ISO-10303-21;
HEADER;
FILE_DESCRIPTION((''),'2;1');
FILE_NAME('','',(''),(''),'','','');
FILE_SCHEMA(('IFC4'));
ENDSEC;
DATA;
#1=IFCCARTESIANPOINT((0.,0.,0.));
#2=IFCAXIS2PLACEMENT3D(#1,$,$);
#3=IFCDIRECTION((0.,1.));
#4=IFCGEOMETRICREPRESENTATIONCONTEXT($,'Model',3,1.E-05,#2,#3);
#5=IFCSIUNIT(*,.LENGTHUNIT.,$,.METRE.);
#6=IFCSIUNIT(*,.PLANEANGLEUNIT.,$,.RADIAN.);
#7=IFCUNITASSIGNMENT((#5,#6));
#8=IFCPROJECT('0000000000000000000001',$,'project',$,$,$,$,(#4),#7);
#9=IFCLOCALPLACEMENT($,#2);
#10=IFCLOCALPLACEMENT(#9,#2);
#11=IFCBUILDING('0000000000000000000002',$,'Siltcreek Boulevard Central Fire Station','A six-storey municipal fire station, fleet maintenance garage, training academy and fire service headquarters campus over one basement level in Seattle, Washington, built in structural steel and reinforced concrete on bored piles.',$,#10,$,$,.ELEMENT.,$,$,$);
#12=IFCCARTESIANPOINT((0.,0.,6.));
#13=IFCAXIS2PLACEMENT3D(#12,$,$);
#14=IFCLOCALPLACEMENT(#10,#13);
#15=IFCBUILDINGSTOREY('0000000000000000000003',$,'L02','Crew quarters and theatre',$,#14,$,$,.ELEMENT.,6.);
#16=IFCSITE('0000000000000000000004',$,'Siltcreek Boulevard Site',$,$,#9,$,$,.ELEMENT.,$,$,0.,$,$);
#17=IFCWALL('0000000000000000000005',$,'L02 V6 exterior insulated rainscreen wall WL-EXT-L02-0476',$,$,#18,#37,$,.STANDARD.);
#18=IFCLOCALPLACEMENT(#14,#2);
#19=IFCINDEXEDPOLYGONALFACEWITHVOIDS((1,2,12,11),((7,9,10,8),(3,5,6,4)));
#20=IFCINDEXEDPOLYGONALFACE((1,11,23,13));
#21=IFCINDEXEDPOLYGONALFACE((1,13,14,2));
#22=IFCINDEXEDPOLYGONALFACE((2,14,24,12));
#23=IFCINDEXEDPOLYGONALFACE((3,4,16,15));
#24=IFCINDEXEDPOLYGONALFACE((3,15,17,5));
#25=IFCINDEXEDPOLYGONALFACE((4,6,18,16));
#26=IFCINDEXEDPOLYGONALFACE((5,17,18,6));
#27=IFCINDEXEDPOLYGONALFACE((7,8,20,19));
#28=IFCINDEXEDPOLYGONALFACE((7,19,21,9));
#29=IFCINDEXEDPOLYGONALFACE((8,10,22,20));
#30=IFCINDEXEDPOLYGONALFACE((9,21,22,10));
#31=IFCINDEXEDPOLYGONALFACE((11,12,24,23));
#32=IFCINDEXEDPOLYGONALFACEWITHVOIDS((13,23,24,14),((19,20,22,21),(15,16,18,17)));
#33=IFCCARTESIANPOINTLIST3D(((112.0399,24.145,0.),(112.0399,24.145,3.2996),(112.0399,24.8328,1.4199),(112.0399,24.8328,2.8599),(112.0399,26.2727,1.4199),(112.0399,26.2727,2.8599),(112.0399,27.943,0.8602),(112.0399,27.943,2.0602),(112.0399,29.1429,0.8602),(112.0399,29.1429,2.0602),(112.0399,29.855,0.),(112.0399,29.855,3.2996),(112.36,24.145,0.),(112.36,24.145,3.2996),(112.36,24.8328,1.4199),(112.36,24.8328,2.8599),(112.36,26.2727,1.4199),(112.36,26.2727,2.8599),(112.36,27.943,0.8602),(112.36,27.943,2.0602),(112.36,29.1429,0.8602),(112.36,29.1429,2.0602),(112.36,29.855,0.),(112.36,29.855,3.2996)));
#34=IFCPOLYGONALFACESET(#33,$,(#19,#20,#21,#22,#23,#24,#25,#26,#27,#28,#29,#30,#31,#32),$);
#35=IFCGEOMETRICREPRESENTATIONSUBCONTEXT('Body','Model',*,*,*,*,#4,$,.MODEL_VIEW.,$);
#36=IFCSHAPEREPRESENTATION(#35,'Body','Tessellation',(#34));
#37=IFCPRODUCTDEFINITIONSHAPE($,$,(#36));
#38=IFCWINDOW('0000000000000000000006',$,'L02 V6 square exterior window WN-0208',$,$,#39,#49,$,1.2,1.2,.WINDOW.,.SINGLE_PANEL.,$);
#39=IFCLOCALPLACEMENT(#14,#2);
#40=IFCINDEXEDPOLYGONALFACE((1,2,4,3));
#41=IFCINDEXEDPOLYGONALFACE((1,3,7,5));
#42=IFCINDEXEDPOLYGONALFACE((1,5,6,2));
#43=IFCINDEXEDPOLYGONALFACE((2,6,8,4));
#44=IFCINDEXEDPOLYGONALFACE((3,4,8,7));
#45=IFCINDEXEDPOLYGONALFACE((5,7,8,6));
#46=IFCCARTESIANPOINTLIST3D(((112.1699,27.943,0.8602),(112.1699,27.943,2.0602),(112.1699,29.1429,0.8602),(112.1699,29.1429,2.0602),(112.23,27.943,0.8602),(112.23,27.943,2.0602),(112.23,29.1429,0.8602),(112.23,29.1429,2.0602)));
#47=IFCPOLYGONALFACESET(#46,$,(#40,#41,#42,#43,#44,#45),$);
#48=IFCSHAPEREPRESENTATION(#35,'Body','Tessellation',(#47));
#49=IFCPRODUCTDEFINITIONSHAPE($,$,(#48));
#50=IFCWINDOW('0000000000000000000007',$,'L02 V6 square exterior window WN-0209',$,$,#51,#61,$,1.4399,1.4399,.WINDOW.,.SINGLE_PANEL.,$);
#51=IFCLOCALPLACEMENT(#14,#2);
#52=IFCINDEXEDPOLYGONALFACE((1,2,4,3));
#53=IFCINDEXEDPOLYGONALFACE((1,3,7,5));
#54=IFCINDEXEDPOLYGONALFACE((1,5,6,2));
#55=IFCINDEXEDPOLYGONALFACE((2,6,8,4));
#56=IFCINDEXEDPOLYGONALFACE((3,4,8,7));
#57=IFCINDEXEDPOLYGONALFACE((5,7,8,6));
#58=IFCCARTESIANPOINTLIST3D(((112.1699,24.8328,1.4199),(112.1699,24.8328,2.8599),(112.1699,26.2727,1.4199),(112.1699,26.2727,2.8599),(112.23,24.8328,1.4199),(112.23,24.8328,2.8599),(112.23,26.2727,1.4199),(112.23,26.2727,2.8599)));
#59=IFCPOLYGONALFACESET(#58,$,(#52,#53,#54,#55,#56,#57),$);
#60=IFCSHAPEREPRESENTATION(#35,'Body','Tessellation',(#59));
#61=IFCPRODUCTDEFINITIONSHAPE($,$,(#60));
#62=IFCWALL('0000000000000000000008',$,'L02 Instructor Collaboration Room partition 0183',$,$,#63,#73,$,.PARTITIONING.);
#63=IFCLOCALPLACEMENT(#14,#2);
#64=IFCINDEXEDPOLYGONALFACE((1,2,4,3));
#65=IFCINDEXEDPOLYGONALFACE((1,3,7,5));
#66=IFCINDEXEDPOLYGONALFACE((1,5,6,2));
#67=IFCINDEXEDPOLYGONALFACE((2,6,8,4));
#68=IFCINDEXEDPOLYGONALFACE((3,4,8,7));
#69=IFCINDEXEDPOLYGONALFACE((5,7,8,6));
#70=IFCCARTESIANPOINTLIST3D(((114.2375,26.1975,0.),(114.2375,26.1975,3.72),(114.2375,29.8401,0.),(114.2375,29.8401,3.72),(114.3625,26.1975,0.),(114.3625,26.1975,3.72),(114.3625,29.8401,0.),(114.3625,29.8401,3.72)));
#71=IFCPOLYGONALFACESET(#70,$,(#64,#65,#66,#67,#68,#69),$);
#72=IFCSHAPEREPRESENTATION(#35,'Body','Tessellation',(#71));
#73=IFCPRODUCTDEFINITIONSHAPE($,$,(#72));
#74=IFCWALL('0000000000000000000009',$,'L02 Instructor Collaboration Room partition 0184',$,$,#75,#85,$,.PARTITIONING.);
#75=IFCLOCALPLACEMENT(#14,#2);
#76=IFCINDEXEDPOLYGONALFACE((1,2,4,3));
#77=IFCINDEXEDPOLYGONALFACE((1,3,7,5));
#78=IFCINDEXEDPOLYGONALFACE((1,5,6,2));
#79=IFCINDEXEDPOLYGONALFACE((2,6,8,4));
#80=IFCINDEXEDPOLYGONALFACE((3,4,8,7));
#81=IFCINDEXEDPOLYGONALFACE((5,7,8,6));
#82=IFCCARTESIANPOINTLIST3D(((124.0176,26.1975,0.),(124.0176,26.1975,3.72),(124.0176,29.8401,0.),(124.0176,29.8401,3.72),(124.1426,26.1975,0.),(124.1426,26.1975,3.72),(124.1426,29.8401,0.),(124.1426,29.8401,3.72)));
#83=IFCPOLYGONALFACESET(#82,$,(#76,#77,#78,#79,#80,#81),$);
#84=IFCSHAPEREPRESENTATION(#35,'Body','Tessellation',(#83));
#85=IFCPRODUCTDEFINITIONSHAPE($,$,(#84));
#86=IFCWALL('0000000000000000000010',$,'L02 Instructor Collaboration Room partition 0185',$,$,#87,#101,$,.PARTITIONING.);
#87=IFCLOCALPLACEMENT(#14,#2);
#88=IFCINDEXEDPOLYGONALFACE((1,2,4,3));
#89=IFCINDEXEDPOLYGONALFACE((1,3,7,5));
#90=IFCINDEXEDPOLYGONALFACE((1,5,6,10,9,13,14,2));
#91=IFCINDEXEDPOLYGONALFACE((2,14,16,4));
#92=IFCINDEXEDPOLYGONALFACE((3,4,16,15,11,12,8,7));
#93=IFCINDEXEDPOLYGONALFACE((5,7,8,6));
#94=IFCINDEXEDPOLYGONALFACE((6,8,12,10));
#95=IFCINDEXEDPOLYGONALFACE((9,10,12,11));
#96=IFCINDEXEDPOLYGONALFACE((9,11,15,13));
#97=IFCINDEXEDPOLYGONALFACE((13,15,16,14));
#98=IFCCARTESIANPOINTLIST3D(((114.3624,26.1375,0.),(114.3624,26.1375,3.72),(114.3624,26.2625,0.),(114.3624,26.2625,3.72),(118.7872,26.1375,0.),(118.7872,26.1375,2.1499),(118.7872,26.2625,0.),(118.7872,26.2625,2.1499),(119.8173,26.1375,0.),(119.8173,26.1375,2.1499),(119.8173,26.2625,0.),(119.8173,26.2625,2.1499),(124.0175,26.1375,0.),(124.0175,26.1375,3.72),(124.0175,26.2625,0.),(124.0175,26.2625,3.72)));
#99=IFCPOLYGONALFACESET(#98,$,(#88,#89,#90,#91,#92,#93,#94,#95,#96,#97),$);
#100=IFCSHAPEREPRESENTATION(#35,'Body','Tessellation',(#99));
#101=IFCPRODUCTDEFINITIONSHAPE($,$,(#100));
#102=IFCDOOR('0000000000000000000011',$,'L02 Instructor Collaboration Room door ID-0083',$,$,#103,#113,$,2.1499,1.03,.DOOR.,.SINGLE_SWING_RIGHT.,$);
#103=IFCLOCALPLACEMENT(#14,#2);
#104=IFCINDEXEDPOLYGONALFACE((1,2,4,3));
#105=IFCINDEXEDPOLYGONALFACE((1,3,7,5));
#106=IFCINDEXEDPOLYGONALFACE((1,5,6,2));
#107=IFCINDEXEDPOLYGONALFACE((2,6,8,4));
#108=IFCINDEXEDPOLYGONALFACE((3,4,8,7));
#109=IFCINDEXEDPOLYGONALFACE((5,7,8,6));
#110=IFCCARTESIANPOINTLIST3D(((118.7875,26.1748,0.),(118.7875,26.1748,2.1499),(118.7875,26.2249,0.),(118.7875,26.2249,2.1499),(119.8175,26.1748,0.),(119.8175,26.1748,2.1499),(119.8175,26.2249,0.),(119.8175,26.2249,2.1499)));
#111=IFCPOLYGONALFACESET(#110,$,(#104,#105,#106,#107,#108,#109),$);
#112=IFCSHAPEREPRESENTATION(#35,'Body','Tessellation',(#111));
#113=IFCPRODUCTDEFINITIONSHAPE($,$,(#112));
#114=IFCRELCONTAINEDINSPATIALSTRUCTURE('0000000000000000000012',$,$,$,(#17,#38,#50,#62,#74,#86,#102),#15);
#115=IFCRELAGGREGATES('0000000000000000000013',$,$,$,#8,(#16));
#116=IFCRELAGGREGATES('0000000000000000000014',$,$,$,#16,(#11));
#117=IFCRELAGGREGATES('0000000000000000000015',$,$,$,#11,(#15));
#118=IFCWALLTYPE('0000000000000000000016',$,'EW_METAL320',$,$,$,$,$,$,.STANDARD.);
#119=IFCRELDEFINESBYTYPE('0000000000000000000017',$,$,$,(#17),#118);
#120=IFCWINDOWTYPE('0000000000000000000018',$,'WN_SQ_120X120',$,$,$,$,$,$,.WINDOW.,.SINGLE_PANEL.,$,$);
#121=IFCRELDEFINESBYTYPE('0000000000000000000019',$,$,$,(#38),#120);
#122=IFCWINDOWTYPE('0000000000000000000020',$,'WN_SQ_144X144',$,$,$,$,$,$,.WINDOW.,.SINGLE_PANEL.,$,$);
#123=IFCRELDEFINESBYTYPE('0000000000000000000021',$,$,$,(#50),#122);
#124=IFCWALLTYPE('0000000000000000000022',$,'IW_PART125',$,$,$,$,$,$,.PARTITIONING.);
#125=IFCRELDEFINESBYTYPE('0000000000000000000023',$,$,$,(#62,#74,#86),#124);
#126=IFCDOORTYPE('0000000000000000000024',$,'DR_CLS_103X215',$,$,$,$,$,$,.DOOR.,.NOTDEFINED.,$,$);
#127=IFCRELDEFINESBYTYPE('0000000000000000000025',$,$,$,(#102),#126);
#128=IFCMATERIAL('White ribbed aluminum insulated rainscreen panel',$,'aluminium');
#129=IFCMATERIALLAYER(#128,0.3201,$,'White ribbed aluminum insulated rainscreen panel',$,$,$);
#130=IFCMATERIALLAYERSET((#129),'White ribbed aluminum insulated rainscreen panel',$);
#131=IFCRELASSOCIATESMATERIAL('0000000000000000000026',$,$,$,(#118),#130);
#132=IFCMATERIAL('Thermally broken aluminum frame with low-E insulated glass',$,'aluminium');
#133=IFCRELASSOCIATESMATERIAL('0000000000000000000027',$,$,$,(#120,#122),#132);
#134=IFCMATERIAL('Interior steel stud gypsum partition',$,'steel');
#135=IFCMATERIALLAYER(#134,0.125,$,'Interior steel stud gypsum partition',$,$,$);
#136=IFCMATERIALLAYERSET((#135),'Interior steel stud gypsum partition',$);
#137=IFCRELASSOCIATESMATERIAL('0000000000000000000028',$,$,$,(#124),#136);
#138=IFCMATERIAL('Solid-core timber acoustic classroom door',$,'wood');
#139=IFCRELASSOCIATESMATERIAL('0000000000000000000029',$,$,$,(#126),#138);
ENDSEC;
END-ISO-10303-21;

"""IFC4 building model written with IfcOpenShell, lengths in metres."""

from ifc_helpers import new_model, si_unit, direction, frame, frame_2d, origin, place, context, subcontext, project, spatial, rectangle, extrude, material, layer, layer_set, type_object, element, fill, save


model = new_model("IFC4")

# Units and contexts
model_context = context("Model", 3, precision=1e-05, world=origin(), true_north=direction((0.0, 1.0)))
body_context = subcontext(model_context, "Body", "Model", "MODEL_VIEW")
ifc_project = project(units=[si_unit("LENGTHUNIT", "METRE"), si_unit("PLANEANGLEUNIT", "RADIAN")], contexts=[model_context])

# Site, building, storey
site_placement = place(None, origin())
site = spatial("IfcSite", under=ifc_project, at=site_placement, Name="Siltcreek Boulevard Site", CompositionType="ELEMENT", RefElevation=0.0)
building_placement = place(site_placement, origin())
building = spatial("IfcBuilding", under=site, at=building_placement, Name="Siltcreek Boulevard Central Fire Station", Description="A six-storey municipal fire station, fleet maintenance garage, training academy and fire service headquarters campus over one basement level in Seattle, Washington, built in structural steel and reinforced concrete on bored piles.", CompositionType="ELEMENT")
storey_placement = place(building_placement, frame((0.0, 0.0, 6.0)))
storey = spatial("IfcBuildingStorey", under=building, at=storey_placement, Name="L02", Description="Crew quarters and theatre", CompositionType="ELEMENT", Elevation=6.0)

# Shared definitions
ifc_material_1 = material(Name="White ribbed aluminum insulated rainscreen panel", Category="aluminium")
ifc_layer_1 = layer(ifc_material_1, 0.3201, Name="White ribbed aluminum insulated rainscreen panel")
ifc_layer_set_1 = layer_set([ifc_layer_1], Name="White ribbed aluminum insulated rainscreen panel")
wall_type_1 = type_object("IfcWallType", Name="EW_METAL320", PredefinedType="STANDARD", material=ifc_layer_set_1)
ifc_material_2 = material(Name="Thermally broken aluminum frame with low-E insulated glass", Category="aluminium")

# Wall, openings, windows
window_type_1 = type_object("IfcWindowType", Name="WN_SQ_120X120", PartitioningType="SINGLE_PANEL", PredefinedType="WINDOW", material=ifc_material_2)
wall_1_placement = place(storey_placement, frame((112.2, 29.855, 0.0), z_axis=(0.0, 0.0, 1.0), x_axis=(0.0, -1.0, 0.0)))
wall_1 = element("IfcWall", 1, at=wall_1_placement, inside=storey, type_object=wall_type_1, Name="L02 V6 exterior insulated rainscreen wall WL-EXT-L02-0476", PredefinedType="STANDARD", context=body_context, shape_type="SweptSolid", body=[
    extrude(rectangle(XDim=5.71, YDim=0.3201, at=frame_2d((2.855, 0.0))), origin(), (0.0, 0.0, 1.0), 3.2996),
])
opening_1_placement = place(wall_1_placement, frame((0.7119, 0.0, 0.8601)))
opening_1 = element("IfcOpeningElement", 2, at=opening_1_placement, cuts=wall_1, PredefinedType="OPENING", context=body_context, shape_type="SweptSolid", body=[
    extrude(rectangle(XDim=1.2, YDim=1.2, at=frame_2d((0.6001, 0.6001))), frame((0.0, 0.1699, 0.0), z_axis=(0.0, -1.0, 0.0), x_axis=(1.0, 0.0, 0.0)), (0.0, 0.0, 1.0), 0.3401),
])
opening_2_placement = place(wall_1_placement, frame((3.5823, 0.0, 1.4199)))
opening_2 = element("IfcOpeningElement", 3, at=opening_2_placement, cuts=wall_1, PredefinedType="OPENING", context=body_context, shape_type="SweptSolid", body=[
    extrude(rectangle(XDim=1.4399, YDim=1.4399, at=frame_2d((0.72, 0.72))), frame((0.0, 0.1699, 0.0), z_axis=(0.0, -1.0, 0.0), x_axis=(1.0, 0.0, 0.0)), (0.0, 0.0, 1.0), 0.3401),
])
window_1_placement = place(opening_1_placement, origin())
window_1 = element("IfcWindow", 4, at=window_1_placement, inside=storey, type_object=window_type_1, Name="L02 V6 square exterior window WN-0208", OverallHeight=1.2, OverallWidth=1.2, PartitioningType="SINGLE_PANEL", PredefinedType="WINDOW", context=body_context, shape_type="SweptSolid", body=[
    extrude(rectangle(XDim=1.2, YDim=1.2, at=frame_2d((0.6001, 0.6001))), frame((0.0, 0.03, 0.0), z_axis=(0.0, -1.0, 0.0), x_axis=(1.0, 0.0, 0.0)), (0.0, 0.0, 1.0), 0.0601),
])
fill(opening_1, window_1)
window_type_2 = type_object("IfcWindowType", Name="WN_SQ_144X144", PartitioningType="SINGLE_PANEL", PredefinedType="WINDOW", material=ifc_material_2)
window_2_placement = place(opening_2_placement, origin())
window_2 = element("IfcWindow", 5, at=window_2_placement, inside=storey, type_object=window_type_2, Name="L02 V6 square exterior window WN-0209", OverallHeight=1.4399, OverallWidth=1.4399, PartitioningType="SINGLE_PANEL", PredefinedType="WINDOW", context=body_context, shape_type="SweptSolid", body=[
    extrude(rectangle(XDim=1.4399, YDim=1.4399, at=frame_2d((0.72, 0.72))), frame((0.0, 0.03, 0.0), z_axis=(0.0, -1.0, 0.0), x_axis=(1.0, 0.0, 0.0)), (0.0, 0.0, 1.0), 0.0601),
])
fill(opening_2, window_2)

# Walls
ifc_material_3 = material(Name="Interior steel stud gypsum partition", Category="steel")
ifc_layer_2 = layer(ifc_material_3, 0.125, Name="Interior steel stud gypsum partition")
ifc_layer_set_2 = layer_set([ifc_layer_2], Name="Interior steel stud gypsum partition")
wall_type_2 = type_object("IfcWallType", Name="IW_PART125", PredefinedType="PARTITIONING", material=ifc_layer_set_2)
for number, where, z_axis, x_axis, name in (
    (6, (114.3, 26.1975, 0.0), (0.0, 0.0, 1.0), (0.0, 1.0, 0.0), "L02 Instructor Collaboration Room partition 0183"),
    (7, (124.0801, 29.8401, 0.0), (0.0, 0.0, 1.0), (0.0, -1.0, 0.0), "L02 Instructor Collaboration Room partition 0184"),
):
    element("IfcWall", number, at=place(storey_placement, frame(where, z_axis=z_axis, x_axis=x_axis)), inside=storey, type_object=wall_type_2, Name=name, PredefinedType="PARTITIONING", context=body_context, shape_type="SweptSolid", body=[
        extrude(rectangle(XDim=3.6426, YDim=0.125, at=frame_2d((1.8213, 0.0))), origin(), (0.0, 0.0, 1.0), 3.72),
    ])

# Wall, opening, door
wall_2_placement = place(storey_placement, frame((124.0176, 26.2, 0.0), z_axis=(0.0, 0.0, 1.0), x_axis=(-1.0, 0.0, 0.0)))
wall_2 = element("IfcWall", 8, at=wall_2_placement, inside=storey, type_object=wall_type_2, Name="L02 Instructor Collaboration Room partition 0185", PredefinedType="PARTITIONING", context=body_context, shape_type="SweptSolid", body=[
    extrude(rectangle(XDim=9.655, YDim=0.125, at=frame_2d((4.8276, 0.0))), origin(), (0.0, 0.0, 1.0), 3.72),
])
opening_3_placement = place(wall_2_placement, frame((4.2002, 0.0, 0.0)))
opening_3 = element("IfcOpeningElement", 9, at=opening_3_placement, cuts=wall_2, PredefinedType="OPENING", context=body_context, shape_type="SweptSolid", body=[
    extrude(rectangle(XDim=1.03, YDim=2.1499, at=frame_2d((0.5151, 1.075))), frame((0.0, 0.0725, 0.0), z_axis=(0.0, -1.0, 0.0), x_axis=(1.0, 0.0, 0.0)), (0.0, 0.0, 1.0), 0.145),
])
ifc_material_4 = material(Name="Solid-core timber acoustic classroom door", Category="wood")
door_type = type_object("IfcDoorType", Name="DR_CLS_103X215", OperationType="NOTDEFINED", PredefinedType="DOOR", material=ifc_material_4)
door_placement = place(opening_3_placement, frame((1.03, 0.0, 0.0), z_axis=(0.0, 0.0, 1.0), x_axis=(-1.0, 0.0, 0.0)))
door = element("IfcDoor", 10, at=door_placement, inside=storey, type_object=door_type, Name="L02 Instructor Collaboration Room door ID-0083", OperationType="SINGLE_SWING_RIGHT", OverallHeight=2.1499, OverallWidth=1.03, PredefinedType="DOOR", context=body_context, shape_type="SweptSolid", body=[
    extrude(rectangle(XDim=1.03, YDim=2.1499, at=frame_2d((0.5151, 1.075))), frame((0.0, 0.0249, 0.0), z_axis=(0.0, -1.0, 0.0), x_axis=(1.0, 0.0, 0.0)), (0.0, 0.0, 1.0), 0.05),
])
fill(opening_3, door)

save(model, "model.ifc")
